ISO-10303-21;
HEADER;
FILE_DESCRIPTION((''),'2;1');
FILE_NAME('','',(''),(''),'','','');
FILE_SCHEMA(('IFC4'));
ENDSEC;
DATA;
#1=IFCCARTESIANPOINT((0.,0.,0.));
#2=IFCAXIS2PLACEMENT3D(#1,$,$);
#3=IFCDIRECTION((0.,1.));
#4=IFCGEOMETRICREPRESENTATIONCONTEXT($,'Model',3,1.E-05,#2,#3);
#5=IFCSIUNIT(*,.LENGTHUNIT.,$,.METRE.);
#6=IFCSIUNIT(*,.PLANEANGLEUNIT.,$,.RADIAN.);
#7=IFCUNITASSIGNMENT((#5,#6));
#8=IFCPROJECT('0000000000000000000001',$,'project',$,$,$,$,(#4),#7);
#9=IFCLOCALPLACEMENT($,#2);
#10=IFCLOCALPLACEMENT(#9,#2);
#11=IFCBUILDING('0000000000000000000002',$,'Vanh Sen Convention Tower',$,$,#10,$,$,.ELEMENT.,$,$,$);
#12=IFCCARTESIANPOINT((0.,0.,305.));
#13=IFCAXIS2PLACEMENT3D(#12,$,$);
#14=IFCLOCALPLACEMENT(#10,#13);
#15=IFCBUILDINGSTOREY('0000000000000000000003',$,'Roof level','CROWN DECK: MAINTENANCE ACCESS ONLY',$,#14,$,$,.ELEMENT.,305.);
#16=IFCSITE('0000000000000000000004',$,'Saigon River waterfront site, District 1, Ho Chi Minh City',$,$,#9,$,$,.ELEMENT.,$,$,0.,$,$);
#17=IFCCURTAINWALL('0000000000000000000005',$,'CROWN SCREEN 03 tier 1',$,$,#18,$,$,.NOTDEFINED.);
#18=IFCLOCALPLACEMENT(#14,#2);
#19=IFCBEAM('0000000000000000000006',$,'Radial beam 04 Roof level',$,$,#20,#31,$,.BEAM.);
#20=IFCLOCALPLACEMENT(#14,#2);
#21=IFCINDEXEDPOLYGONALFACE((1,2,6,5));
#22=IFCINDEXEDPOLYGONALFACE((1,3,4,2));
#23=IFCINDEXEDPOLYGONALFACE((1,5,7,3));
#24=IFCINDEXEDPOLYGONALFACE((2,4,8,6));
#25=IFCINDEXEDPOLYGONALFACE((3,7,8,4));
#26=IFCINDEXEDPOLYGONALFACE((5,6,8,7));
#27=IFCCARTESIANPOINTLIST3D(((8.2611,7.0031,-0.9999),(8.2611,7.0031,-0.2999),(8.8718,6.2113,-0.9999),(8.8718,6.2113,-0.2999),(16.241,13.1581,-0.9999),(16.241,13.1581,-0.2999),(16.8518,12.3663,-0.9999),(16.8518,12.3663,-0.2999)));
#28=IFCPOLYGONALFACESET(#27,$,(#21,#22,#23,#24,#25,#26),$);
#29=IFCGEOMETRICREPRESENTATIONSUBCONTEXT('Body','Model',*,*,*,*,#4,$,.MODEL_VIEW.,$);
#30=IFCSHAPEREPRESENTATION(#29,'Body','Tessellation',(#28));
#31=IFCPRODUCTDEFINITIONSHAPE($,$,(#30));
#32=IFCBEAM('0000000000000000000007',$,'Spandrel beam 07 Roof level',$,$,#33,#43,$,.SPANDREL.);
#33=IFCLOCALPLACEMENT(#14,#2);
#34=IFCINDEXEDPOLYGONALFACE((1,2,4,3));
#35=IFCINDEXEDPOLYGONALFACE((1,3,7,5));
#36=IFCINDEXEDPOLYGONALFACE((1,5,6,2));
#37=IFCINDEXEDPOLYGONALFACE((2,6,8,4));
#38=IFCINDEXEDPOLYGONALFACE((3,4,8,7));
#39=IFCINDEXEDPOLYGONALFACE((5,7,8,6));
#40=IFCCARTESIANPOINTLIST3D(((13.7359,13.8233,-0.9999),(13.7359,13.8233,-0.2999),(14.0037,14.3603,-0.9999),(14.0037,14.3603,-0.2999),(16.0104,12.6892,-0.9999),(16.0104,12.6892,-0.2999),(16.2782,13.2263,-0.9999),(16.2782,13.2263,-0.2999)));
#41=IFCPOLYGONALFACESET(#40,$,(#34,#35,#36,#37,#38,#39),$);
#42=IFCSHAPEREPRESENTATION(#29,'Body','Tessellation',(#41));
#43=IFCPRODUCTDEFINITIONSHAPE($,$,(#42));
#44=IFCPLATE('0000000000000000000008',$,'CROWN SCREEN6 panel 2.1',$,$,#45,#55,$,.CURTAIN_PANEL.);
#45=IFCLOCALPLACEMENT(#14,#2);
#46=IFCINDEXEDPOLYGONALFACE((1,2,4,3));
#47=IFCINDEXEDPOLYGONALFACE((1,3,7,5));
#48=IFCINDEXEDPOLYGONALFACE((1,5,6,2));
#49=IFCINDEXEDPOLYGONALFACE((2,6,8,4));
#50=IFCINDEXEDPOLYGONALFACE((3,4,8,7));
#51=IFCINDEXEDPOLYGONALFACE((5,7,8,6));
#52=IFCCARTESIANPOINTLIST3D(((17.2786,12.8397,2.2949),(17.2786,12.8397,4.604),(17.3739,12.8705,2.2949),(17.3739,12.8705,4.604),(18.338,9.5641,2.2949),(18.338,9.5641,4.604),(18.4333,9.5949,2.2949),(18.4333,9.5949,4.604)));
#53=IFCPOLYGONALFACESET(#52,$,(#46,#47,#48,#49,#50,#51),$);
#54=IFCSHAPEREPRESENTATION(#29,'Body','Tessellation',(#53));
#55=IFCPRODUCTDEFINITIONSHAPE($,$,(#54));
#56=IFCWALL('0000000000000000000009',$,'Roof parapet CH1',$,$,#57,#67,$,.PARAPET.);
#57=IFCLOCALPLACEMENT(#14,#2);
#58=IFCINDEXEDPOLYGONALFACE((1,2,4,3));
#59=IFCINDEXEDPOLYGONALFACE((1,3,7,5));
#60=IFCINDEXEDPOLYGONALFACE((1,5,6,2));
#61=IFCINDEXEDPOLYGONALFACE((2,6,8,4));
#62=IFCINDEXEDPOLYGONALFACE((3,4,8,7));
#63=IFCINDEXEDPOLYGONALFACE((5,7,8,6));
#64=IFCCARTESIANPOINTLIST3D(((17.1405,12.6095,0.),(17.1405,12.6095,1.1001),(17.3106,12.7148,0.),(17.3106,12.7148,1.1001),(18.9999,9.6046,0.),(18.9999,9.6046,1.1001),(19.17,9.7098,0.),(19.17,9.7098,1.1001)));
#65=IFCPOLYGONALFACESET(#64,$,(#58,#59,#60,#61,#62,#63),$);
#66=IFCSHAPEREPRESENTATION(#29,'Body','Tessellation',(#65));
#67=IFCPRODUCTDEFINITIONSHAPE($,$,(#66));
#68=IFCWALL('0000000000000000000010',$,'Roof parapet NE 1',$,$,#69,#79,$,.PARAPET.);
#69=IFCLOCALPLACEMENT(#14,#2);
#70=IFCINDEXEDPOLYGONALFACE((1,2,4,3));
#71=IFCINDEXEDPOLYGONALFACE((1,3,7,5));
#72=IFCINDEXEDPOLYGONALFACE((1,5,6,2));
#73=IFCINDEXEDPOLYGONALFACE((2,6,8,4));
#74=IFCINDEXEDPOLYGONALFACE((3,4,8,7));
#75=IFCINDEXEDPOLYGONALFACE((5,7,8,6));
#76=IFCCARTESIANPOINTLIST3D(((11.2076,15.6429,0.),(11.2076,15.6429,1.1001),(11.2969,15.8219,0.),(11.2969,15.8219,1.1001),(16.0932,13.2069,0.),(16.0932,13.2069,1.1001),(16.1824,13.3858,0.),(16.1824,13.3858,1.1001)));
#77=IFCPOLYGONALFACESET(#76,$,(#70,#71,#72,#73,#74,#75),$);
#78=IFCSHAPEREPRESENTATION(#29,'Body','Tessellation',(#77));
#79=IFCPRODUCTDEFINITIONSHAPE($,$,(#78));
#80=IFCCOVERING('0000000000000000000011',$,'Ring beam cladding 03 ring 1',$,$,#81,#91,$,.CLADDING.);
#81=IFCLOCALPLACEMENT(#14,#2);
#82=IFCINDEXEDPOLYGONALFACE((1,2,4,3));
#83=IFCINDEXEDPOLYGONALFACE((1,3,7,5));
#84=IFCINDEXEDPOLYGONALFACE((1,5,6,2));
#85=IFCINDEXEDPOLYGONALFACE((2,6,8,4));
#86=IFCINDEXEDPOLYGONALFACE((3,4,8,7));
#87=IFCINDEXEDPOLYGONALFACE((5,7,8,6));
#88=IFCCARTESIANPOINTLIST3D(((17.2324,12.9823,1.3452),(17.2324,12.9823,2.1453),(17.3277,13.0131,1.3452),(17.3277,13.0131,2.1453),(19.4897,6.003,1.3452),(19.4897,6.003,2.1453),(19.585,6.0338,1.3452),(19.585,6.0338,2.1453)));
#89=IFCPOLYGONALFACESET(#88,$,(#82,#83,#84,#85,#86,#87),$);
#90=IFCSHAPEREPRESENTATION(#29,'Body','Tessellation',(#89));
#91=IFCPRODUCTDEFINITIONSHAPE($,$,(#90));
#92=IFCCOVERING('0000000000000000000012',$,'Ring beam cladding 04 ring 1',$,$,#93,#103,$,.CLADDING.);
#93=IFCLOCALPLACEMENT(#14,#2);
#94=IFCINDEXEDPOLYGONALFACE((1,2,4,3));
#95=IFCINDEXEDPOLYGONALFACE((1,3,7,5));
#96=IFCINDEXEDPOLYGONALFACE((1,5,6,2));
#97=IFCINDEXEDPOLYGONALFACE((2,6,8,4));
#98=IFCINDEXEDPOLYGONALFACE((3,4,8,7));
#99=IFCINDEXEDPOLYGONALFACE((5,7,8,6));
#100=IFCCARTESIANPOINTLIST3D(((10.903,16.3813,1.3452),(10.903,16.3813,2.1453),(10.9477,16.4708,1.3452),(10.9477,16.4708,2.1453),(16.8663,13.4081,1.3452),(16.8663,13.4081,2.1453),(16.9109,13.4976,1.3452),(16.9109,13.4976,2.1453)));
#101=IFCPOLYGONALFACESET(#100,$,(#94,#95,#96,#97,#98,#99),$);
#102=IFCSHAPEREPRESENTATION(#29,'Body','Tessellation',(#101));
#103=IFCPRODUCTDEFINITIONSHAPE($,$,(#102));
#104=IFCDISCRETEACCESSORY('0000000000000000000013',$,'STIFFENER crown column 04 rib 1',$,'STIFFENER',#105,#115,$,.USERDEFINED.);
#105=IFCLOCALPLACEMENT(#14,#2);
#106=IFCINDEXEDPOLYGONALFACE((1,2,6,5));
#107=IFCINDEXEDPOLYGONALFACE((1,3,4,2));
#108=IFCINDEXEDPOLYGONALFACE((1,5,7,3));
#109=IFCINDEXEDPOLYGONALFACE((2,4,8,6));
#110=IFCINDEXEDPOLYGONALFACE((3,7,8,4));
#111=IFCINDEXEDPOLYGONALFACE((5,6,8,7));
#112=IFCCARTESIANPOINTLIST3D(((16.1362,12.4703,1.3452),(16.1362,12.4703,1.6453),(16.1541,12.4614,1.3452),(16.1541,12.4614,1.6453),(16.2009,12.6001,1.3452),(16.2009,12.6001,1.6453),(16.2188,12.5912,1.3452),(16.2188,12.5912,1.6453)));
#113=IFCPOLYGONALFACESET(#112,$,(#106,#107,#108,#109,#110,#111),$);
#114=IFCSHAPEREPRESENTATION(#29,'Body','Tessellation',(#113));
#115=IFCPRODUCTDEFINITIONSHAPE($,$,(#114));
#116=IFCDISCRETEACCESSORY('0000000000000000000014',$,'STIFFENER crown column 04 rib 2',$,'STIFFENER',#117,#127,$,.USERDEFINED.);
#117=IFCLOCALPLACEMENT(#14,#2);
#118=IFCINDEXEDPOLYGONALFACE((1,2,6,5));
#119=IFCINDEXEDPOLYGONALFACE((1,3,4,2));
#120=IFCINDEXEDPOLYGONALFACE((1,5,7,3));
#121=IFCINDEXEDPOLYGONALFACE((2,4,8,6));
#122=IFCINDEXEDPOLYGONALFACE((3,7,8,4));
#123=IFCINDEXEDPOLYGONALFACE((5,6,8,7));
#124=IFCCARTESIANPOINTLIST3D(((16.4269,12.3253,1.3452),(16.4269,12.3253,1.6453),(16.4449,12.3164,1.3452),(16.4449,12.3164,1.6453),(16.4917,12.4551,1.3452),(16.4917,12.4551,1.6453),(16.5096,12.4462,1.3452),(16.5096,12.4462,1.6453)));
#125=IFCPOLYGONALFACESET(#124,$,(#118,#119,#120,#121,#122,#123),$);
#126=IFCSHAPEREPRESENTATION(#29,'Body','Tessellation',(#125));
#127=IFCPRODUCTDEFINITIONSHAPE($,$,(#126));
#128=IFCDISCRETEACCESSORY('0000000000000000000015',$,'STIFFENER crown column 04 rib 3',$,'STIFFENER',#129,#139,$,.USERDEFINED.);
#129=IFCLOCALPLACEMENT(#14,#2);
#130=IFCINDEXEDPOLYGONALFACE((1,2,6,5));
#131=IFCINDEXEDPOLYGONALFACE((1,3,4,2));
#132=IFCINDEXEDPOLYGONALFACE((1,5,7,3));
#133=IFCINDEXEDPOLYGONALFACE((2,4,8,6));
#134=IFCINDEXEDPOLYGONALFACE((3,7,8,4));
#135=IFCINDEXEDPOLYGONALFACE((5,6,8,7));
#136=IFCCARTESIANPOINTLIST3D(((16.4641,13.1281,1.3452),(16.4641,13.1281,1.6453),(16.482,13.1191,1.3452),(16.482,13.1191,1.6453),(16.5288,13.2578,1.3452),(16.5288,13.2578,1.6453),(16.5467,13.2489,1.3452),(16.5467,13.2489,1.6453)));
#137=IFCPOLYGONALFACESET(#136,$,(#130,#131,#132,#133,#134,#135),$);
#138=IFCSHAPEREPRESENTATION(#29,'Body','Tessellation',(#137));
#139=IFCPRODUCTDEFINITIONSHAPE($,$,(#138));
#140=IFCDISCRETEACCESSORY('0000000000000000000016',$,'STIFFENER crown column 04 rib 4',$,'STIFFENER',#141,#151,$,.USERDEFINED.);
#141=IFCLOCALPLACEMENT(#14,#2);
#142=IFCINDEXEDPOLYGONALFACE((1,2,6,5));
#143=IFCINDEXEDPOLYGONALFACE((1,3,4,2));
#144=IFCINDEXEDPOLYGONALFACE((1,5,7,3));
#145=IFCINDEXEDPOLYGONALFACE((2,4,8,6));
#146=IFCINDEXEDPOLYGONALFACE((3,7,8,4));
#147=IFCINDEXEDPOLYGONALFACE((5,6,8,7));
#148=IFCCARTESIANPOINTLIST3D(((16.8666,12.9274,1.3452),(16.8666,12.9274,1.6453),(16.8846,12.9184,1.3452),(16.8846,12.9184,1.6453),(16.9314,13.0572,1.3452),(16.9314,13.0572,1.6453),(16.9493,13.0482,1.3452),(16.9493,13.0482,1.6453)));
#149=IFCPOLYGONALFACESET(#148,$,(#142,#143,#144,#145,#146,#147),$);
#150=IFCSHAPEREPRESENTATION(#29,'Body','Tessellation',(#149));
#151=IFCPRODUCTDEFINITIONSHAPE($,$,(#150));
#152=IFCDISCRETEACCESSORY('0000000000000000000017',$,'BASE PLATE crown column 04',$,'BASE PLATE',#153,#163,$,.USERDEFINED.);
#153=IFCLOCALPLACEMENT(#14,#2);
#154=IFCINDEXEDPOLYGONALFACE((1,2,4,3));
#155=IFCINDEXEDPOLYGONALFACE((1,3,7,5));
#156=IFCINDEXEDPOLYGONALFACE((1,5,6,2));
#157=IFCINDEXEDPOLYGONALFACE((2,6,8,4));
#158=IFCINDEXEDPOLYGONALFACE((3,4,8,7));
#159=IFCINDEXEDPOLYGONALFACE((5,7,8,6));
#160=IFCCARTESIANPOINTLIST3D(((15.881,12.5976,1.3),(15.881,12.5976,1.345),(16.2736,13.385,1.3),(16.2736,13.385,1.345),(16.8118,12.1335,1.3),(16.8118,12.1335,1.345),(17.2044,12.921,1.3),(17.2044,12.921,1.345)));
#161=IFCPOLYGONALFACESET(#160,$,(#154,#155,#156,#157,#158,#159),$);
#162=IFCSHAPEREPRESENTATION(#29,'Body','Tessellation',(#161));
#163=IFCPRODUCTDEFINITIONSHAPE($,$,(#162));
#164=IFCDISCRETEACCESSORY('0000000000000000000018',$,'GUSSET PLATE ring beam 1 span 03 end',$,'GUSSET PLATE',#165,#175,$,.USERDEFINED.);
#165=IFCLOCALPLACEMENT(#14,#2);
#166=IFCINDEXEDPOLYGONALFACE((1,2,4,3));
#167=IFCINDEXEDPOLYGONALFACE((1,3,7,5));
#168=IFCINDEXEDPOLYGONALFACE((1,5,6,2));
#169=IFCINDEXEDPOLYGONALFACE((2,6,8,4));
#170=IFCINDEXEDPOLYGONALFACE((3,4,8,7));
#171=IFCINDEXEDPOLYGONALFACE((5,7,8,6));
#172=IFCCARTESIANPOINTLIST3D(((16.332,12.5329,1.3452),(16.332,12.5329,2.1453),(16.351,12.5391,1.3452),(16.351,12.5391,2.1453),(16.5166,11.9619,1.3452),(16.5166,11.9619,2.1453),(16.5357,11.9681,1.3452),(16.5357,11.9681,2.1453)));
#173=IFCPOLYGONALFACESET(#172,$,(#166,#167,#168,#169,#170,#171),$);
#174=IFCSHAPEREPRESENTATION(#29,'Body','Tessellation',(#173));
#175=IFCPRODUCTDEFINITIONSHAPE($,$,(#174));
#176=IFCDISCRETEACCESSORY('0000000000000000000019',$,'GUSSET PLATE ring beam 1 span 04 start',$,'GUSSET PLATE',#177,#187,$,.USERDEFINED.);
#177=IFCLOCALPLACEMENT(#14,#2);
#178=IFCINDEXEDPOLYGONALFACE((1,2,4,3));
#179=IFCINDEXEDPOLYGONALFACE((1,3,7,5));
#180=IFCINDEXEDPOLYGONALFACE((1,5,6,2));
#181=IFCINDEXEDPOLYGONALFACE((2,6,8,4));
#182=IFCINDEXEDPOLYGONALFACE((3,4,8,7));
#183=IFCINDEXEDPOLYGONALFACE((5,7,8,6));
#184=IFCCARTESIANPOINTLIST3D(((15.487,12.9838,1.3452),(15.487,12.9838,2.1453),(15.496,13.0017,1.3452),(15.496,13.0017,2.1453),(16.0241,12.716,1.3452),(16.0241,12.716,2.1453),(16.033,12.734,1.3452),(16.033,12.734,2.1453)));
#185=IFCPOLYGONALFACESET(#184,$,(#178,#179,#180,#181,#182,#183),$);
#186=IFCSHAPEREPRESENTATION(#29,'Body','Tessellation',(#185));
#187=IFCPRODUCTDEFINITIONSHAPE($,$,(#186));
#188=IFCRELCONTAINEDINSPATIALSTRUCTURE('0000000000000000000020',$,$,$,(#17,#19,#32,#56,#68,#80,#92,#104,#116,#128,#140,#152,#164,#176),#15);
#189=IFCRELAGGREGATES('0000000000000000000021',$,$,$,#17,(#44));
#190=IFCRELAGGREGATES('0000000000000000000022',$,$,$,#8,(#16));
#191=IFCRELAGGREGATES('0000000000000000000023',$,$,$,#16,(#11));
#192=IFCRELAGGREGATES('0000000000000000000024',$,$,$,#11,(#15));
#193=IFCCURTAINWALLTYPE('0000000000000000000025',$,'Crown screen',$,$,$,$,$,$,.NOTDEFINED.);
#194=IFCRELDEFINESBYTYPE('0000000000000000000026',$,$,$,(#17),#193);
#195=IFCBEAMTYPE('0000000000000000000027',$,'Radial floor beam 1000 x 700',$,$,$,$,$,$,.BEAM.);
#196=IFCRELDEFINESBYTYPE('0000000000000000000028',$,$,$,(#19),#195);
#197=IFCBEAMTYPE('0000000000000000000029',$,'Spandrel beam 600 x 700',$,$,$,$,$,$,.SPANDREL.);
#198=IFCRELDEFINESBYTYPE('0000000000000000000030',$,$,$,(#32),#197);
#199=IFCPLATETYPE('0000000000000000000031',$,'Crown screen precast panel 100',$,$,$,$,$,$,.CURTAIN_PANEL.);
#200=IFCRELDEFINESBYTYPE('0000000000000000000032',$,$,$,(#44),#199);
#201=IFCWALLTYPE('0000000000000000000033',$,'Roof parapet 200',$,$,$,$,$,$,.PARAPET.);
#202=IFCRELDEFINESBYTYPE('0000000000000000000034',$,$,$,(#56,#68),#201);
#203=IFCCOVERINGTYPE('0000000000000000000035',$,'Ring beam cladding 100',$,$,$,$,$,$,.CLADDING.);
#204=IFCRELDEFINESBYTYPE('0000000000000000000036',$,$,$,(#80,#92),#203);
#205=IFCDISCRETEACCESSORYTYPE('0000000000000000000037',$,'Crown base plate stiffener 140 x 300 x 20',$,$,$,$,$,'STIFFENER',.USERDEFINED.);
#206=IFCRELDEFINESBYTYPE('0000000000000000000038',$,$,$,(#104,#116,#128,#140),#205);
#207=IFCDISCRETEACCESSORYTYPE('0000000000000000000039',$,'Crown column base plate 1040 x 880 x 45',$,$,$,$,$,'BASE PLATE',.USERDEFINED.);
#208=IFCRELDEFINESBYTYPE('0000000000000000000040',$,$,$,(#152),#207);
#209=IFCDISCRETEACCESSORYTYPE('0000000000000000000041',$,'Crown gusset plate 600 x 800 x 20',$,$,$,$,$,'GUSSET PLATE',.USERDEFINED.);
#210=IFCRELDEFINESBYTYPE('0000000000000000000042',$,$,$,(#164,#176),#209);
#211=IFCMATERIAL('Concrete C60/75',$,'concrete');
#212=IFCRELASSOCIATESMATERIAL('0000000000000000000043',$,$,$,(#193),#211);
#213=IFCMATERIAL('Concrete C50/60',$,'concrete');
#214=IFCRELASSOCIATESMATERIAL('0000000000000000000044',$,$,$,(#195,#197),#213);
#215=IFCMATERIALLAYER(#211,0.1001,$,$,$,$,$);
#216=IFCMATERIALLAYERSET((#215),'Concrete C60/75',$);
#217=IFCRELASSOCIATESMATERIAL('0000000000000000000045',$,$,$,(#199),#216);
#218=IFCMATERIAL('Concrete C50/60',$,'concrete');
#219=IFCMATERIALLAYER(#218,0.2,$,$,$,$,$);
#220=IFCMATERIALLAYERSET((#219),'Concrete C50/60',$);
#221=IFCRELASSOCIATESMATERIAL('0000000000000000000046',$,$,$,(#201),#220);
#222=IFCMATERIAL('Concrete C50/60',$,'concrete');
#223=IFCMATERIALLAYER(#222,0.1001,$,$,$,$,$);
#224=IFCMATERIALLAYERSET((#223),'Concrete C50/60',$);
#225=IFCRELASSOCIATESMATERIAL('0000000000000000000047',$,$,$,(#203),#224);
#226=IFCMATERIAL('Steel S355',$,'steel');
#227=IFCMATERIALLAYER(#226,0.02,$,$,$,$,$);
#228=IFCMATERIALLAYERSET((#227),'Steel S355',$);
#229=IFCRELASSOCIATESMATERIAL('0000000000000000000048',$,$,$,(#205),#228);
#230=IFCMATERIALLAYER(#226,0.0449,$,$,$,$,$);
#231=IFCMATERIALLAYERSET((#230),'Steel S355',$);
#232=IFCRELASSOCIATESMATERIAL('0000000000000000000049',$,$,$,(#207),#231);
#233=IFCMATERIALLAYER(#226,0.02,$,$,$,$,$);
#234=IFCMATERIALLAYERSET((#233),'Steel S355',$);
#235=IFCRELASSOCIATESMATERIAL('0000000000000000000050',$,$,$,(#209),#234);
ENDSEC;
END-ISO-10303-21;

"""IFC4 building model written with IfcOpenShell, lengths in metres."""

from ifc_helpers import new_model, si_unit, direction, frame, frame_2d, origin, origin_2d, place, context, subcontext, project, spatial, rectangle, extrude, material, layer, layer_set, material_profile, profile_set, type_object, element, aggregate, save


model = new_model("IFC4")

# Units and contexts
model_context = context("Model", 3, precision=1e-05, world=origin(), true_north=direction((0.0, 1.0)))
body_context = subcontext(model_context, "Body", "Model", "MODEL_VIEW")
ifc_project = project(units=[si_unit("LENGTHUNIT", "METRE"), si_unit("PLANEANGLEUNIT", "RADIAN")], contexts=[model_context])

# Site, building, storey
site_placement = place(None, origin())
site = spatial("IfcSite", under=ifc_project, at=site_placement, Name="Saigon River waterfront site, District 1, Ho Chi Minh City", CompositionType="ELEMENT", RefElevation=0.0)
building_placement = place(site_placement, origin())
building = spatial("IfcBuilding", under=site, at=building_placement, Name="Vanh Sen Convention Tower", CompositionType="ELEMENT")
storey_placement = place(building_placement, frame((0.0, 0.0, 305.0)))
storey = spatial("IfcBuildingStorey", under=building, at=storey_placement, Name="Roof level", Description="CROWN DECK: MAINTENANCE ACCESS ONLY", CompositionType="ELEMENT", Elevation=305.0)

# Curtain wall
ifc_material_1 = material(Name="Concrete C60/75", Category="concrete")
curtain_wall_type = type_object("IfcCurtainWallType", Name="Crown screen", PredefinedType="NOTDEFINED", material=ifc_material_1)
curtain_wall_1_placement = place(storey_placement, origin())
curtain_wall_1 = element("IfcCurtainWall", 1, at=curtain_wall_1_placement, inside=storey, type_object=curtain_wall_type, Name="CROWN SCREEN 03 tier 1", PredefinedType="NOTDEFINED")

# Beams
ifc_material_2 = material(Name="Concrete C50/60", Category="concrete")
ifc_material_profile_1 = material_profile(ifc_material_2, rectangle(XDim=1.0, YDim=0.7, at=origin_2d()), Name="RC 1000X700")
ifc_profile_set_1 = profile_set([ifc_material_profile_1], Name="Concrete C50/60")
beam_type_1 = type_object("IfcBeamType", Name="Radial floor beam 1000 x 700", PredefinedType="BEAM", material=ifc_profile_set_1)
beam_1_placement = place(storey_placement, frame((16.5464, 12.7622, -0.6499), z_axis=(-0.791828, -0.610744, 0.0), x_axis=(0.610744, -0.791828, 0.0)))
element("IfcBeam", 2, at=beam_1_placement, inside=storey, type_object=beam_type_1, Name="Radial beam 04 Roof level", PredefinedType="BEAM", context=body_context, shape_type="SweptSolid", body=[
    extrude(rectangle(XDim=1.0, YDim=0.7, at=origin_2d()), origin(), (0.0, 0.0, 1.0), 10.0779),
])
ifc_material_profile_2 = material_profile(ifc_material_2, rectangle(XDim=0.6001, YDim=0.7, at=origin_2d()), Name="RC 600X700")
ifc_profile_set_2 = profile_set([ifc_material_profile_2], Name="Concrete C50/60")
beam_type_2 = type_object("IfcBeamType", Name="Spandrel beam 600 x 700", PredefinedType="SPANDREL", material=ifc_profile_set_2)
beam_2_placement = place(storey_placement, frame((16.1443, 12.9578, -0.6499), z_axis=(-0.894926, 0.446214, 0.0), x_axis=(-0.446214, -0.894926, 0.0)))
element("IfcBeam", 3, at=beam_2_placement, inside=storey, type_object=beam_type_2, Name="Spandrel beam 07 Roof level", PredefinedType="SPANDREL", context=body_context, shape_type="SweptSolid", body=[
    extrude(rectangle(XDim=0.6001, YDim=0.7, at=origin_2d()), origin(), (0.0, 0.0, 1.0), 2.5415),
])

# Plate
ifc_layer_1 = layer(ifc_material_1, 0.1001)
ifc_layer_set_1 = layer_set([ifc_layer_1], Name="Concrete C60/75")
plate_type = type_object("IfcPlateType", Name="Crown screen precast panel 100", PredefinedType="CURTAIN_PANEL", material=ifc_layer_set_1)
plate_placement = place(storey_placement, frame((17.856, 11.2173, 2.2949), z_axis=(0.0, 0.0, 1.0), x_axis=(-0.307733, 0.951473, 0.0)))
plate = element("IfcPlate", 4, at=plate_placement, type_object=plate_type, Name="CROWN SCREEN6 panel 2.1", PredefinedType="CURTAIN_PANEL", context=body_context, shape_type="SweptSolid", body=[
    extrude(rectangle(XDim=3.4426, YDim=0.1001, at=origin_2d()), origin(), (0.0, 0.0, 1.0), 2.3091),
])
aggregate(curtain_wall_1, [plate])

# Walls
ifc_material_3 = material(Name="Concrete C50/60", Category="concrete")
ifc_layer_2 = layer(ifc_material_3, 0.2)
ifc_layer_set_2 = layer_set([ifc_layer_2], Name="Concrete C50/60")
wall_type = type_object("IfcWallType", Name="Roof parapet 200", PredefinedType="PARAPET", material=ifc_layer_set_2)
wall_1_placement = place(storey_placement, frame((19.085, 9.6572, 0.0), z_axis=(0.0, 0.0, 1.0), x_axis=(-0.526193, 0.850365, 0.0)))
element("IfcWall", 5, at=wall_1_placement, inside=storey, type_object=wall_type, Name="Roof parapet CH1", PredefinedType="PARAPET", context=body_context, shape_type="SweptSolid", body=[
    extrude(rectangle(XDim=3.5337, YDim=0.2, at=frame_2d((1.7668, 0.0))), origin(), (0.0, 0.0, 1.0), 1.1001),
])
wall_2_placement = place(storey_placement, frame((16.1377, 13.2964, 0.0), z_axis=(0.0, 0.0, 1.0), x_axis=(-0.894919, 0.446229, 0.0)))
element("IfcWall", 6, at=wall_2_placement, inside=storey, type_object=wall_type, Name="Roof parapet NE 1", PredefinedType="PARAPET", context=body_context, shape_type="SweptSolid", body=[
    extrude(rectangle(XDim=5.4592, YDim=0.2, at=frame_2d((2.7295, 0.0))), origin(), (0.0, 0.0, 1.0), 1.1001),
])

# Coverings
ifc_material_4 = material(Name="Concrete C50/60", Category="concrete")
ifc_layer_3 = layer(ifc_material_4, 0.1001)
ifc_layer_set_3 = layer_set([ifc_layer_3], Name="Concrete C50/60")
covering_type = type_object("IfcCoveringType", Name="Ring beam cladding 100", PredefinedType="CLADDING", material=ifc_layer_set_3)
covering_1_placement = place(storey_placement, frame((18.4087, 9.5081, 1.3452), z_axis=(0.0, 0.0, 1.0), x_axis=(-0.307734, 0.951473, 0.0)))
element("IfcCovering", 7, at=covering_1_placement, inside=storey, type_object=covering_type, Name="Ring beam cladding 03 ring 1", PredefinedType="CLADDING", context=body_context, shape_type="SweptSolid", body=[
    extrude(rectangle(XDim=7.3352, YDim=0.1001, at=origin_2d()), origin(), (0.0, 0.0, 1.0), 0.8),
])
covering_2_placement = place(storey_placement, frame((13.907, 14.9395, 1.3452), z_axis=(0.0, 0.0, 1.0), x_axis=(-0.894931, 0.446204, 0.0)))
element("IfcCovering", 8, at=covering_2_placement, inside=storey, type_object=covering_type, Name="Ring beam cladding 04 ring 1", PredefinedType="CLADDING", context=body_context, shape_type="SweptSolid", body=[
    extrude(rectangle(XDim=6.6633, YDim=0.1001, at=origin_2d()), origin(), (0.0, 0.0, 1.0), 0.8),
])

# Discrete accessories
ifc_material_5 = material(Name="Steel S355", Category="steel")
ifc_layer_4 = layer(ifc_material_5, 0.02)
ifc_layer_set_4 = layer_set([ifc_layer_4], Name="Steel S355")
discrete_accessory_type_1 = type_object("IfcDiscreteAccessoryType", Name="Crown base plate stiffener 140 x 300 x 20", ElementType="STIFFENER", PredefinedType="USERDEFINED", material=ifc_layer_set_4)
for number, where, z_axis, x_axis, name in (
    (9, (16.1775, 12.5308, 1.3452), (0.0, 0.0, 1.0), (-0.446198, -0.894934, 0.0), "STIFFENER crown column 04 rib 1"),
    (10, (16.4683, 12.3857, 1.3452), (0.0, 0.0, 1.0), (-0.446198, -0.894934, 0.0), "STIFFENER crown column 04 rib 2"),
    (11, (16.5054, 13.1885, 1.3452), (0.0, 0.0, 1.0), (-0.446198, -0.894934, 0.0), "STIFFENER crown column 04 rib 3"),
    (12, (16.908, 12.9878, 1.3452), (0.0, 0.0, 1.0), (-0.446198, -0.894934, 0.0), "STIFFENER crown column 04 rib 4"),
):
    element("IfcDiscreteAccessory", number, at=place(storey_placement, frame(where, z_axis=z_axis, x_axis=x_axis)), inside=storey, type_object=discrete_accessory_type_1, Name=name, ObjectType="STIFFENER", PredefinedType="USERDEFINED", context=body_context, shape_type="SweptSolid", body=[
        extrude(rectangle(XDim=0.145, YDim=0.02, at=origin_2d()), origin(), (0.0, 0.0, 1.0), 0.3),
    ])
ifc_layer_5 = layer(ifc_material_5, 0.0449)
ifc_layer_set_5 = layer_set([ifc_layer_5], Name="Steel S355")
discrete_accessory_type_2 = type_object("IfcDiscreteAccessoryType", Name="Crown column base plate 1040 x 880 x 45", ElementType="BASE PLATE", PredefinedType="USERDEFINED", material=ifc_layer_set_5)
discrete_accessory_placement = place(storey_placement, frame((16.5427, 12.7593, 1.3), z_axis=(0.0, 0.0, 1.0), x_axis=(-0.894934, 0.446198, 0.0)))
element("IfcDiscreteAccessory", 13, at=discrete_accessory_placement, inside=storey, type_object=discrete_accessory_type_2, Name="BASE PLATE crown column 04", ObjectType="BASE PLATE", PredefinedType="USERDEFINED", context=body_context, shape_type="SweptSolid", body=[
    extrude(rectangle(XDim=1.04, YDim=0.8799, at=origin_2d()), origin(), (0.0, 0.0, 1.0), 0.0449),
])
ifc_layer_6 = layer(ifc_material_5, 0.02)
ifc_layer_set_6 = layer_set([ifc_layer_6], Name="Steel S355")
discrete_accessory_type_3 = type_object("IfcDiscreteAccessoryType", Name="Crown gusset plate 600 x 800 x 20", ElementType="GUSSET PLATE", PredefinedType="USERDEFINED", material=ifc_layer_set_6)
for number, where, z_axis, x_axis, name in (
    (14, (16.4338, 12.2505, 1.3452), (0.0, 0.0, 1.0), (0.307734, -0.951473, 0.0), "GUSSET PLATE ring beam 1 span 03 end"),
    (15, (15.76, 12.8589, 1.3452), (0.0, 0.0, 1.0), (-0.894931, 0.446204, 0.0), "GUSSET PLATE ring beam 1 span 04 start"),
):
    element("IfcDiscreteAccessory", number, at=place(storey_placement, frame(where, z_axis=z_axis, x_axis=x_axis)), inside=storey, type_object=discrete_accessory_type_3, Name=name, ObjectType="GUSSET PLATE", PredefinedType="USERDEFINED", context=body_context, shape_type="SweptSolid", body=[
        extrude(rectangle(XDim=0.6001, YDim=0.02, at=origin_2d()), origin(), (0.0, 0.0, 1.0), 0.8),
    ])

save(model, "model.ifc")
